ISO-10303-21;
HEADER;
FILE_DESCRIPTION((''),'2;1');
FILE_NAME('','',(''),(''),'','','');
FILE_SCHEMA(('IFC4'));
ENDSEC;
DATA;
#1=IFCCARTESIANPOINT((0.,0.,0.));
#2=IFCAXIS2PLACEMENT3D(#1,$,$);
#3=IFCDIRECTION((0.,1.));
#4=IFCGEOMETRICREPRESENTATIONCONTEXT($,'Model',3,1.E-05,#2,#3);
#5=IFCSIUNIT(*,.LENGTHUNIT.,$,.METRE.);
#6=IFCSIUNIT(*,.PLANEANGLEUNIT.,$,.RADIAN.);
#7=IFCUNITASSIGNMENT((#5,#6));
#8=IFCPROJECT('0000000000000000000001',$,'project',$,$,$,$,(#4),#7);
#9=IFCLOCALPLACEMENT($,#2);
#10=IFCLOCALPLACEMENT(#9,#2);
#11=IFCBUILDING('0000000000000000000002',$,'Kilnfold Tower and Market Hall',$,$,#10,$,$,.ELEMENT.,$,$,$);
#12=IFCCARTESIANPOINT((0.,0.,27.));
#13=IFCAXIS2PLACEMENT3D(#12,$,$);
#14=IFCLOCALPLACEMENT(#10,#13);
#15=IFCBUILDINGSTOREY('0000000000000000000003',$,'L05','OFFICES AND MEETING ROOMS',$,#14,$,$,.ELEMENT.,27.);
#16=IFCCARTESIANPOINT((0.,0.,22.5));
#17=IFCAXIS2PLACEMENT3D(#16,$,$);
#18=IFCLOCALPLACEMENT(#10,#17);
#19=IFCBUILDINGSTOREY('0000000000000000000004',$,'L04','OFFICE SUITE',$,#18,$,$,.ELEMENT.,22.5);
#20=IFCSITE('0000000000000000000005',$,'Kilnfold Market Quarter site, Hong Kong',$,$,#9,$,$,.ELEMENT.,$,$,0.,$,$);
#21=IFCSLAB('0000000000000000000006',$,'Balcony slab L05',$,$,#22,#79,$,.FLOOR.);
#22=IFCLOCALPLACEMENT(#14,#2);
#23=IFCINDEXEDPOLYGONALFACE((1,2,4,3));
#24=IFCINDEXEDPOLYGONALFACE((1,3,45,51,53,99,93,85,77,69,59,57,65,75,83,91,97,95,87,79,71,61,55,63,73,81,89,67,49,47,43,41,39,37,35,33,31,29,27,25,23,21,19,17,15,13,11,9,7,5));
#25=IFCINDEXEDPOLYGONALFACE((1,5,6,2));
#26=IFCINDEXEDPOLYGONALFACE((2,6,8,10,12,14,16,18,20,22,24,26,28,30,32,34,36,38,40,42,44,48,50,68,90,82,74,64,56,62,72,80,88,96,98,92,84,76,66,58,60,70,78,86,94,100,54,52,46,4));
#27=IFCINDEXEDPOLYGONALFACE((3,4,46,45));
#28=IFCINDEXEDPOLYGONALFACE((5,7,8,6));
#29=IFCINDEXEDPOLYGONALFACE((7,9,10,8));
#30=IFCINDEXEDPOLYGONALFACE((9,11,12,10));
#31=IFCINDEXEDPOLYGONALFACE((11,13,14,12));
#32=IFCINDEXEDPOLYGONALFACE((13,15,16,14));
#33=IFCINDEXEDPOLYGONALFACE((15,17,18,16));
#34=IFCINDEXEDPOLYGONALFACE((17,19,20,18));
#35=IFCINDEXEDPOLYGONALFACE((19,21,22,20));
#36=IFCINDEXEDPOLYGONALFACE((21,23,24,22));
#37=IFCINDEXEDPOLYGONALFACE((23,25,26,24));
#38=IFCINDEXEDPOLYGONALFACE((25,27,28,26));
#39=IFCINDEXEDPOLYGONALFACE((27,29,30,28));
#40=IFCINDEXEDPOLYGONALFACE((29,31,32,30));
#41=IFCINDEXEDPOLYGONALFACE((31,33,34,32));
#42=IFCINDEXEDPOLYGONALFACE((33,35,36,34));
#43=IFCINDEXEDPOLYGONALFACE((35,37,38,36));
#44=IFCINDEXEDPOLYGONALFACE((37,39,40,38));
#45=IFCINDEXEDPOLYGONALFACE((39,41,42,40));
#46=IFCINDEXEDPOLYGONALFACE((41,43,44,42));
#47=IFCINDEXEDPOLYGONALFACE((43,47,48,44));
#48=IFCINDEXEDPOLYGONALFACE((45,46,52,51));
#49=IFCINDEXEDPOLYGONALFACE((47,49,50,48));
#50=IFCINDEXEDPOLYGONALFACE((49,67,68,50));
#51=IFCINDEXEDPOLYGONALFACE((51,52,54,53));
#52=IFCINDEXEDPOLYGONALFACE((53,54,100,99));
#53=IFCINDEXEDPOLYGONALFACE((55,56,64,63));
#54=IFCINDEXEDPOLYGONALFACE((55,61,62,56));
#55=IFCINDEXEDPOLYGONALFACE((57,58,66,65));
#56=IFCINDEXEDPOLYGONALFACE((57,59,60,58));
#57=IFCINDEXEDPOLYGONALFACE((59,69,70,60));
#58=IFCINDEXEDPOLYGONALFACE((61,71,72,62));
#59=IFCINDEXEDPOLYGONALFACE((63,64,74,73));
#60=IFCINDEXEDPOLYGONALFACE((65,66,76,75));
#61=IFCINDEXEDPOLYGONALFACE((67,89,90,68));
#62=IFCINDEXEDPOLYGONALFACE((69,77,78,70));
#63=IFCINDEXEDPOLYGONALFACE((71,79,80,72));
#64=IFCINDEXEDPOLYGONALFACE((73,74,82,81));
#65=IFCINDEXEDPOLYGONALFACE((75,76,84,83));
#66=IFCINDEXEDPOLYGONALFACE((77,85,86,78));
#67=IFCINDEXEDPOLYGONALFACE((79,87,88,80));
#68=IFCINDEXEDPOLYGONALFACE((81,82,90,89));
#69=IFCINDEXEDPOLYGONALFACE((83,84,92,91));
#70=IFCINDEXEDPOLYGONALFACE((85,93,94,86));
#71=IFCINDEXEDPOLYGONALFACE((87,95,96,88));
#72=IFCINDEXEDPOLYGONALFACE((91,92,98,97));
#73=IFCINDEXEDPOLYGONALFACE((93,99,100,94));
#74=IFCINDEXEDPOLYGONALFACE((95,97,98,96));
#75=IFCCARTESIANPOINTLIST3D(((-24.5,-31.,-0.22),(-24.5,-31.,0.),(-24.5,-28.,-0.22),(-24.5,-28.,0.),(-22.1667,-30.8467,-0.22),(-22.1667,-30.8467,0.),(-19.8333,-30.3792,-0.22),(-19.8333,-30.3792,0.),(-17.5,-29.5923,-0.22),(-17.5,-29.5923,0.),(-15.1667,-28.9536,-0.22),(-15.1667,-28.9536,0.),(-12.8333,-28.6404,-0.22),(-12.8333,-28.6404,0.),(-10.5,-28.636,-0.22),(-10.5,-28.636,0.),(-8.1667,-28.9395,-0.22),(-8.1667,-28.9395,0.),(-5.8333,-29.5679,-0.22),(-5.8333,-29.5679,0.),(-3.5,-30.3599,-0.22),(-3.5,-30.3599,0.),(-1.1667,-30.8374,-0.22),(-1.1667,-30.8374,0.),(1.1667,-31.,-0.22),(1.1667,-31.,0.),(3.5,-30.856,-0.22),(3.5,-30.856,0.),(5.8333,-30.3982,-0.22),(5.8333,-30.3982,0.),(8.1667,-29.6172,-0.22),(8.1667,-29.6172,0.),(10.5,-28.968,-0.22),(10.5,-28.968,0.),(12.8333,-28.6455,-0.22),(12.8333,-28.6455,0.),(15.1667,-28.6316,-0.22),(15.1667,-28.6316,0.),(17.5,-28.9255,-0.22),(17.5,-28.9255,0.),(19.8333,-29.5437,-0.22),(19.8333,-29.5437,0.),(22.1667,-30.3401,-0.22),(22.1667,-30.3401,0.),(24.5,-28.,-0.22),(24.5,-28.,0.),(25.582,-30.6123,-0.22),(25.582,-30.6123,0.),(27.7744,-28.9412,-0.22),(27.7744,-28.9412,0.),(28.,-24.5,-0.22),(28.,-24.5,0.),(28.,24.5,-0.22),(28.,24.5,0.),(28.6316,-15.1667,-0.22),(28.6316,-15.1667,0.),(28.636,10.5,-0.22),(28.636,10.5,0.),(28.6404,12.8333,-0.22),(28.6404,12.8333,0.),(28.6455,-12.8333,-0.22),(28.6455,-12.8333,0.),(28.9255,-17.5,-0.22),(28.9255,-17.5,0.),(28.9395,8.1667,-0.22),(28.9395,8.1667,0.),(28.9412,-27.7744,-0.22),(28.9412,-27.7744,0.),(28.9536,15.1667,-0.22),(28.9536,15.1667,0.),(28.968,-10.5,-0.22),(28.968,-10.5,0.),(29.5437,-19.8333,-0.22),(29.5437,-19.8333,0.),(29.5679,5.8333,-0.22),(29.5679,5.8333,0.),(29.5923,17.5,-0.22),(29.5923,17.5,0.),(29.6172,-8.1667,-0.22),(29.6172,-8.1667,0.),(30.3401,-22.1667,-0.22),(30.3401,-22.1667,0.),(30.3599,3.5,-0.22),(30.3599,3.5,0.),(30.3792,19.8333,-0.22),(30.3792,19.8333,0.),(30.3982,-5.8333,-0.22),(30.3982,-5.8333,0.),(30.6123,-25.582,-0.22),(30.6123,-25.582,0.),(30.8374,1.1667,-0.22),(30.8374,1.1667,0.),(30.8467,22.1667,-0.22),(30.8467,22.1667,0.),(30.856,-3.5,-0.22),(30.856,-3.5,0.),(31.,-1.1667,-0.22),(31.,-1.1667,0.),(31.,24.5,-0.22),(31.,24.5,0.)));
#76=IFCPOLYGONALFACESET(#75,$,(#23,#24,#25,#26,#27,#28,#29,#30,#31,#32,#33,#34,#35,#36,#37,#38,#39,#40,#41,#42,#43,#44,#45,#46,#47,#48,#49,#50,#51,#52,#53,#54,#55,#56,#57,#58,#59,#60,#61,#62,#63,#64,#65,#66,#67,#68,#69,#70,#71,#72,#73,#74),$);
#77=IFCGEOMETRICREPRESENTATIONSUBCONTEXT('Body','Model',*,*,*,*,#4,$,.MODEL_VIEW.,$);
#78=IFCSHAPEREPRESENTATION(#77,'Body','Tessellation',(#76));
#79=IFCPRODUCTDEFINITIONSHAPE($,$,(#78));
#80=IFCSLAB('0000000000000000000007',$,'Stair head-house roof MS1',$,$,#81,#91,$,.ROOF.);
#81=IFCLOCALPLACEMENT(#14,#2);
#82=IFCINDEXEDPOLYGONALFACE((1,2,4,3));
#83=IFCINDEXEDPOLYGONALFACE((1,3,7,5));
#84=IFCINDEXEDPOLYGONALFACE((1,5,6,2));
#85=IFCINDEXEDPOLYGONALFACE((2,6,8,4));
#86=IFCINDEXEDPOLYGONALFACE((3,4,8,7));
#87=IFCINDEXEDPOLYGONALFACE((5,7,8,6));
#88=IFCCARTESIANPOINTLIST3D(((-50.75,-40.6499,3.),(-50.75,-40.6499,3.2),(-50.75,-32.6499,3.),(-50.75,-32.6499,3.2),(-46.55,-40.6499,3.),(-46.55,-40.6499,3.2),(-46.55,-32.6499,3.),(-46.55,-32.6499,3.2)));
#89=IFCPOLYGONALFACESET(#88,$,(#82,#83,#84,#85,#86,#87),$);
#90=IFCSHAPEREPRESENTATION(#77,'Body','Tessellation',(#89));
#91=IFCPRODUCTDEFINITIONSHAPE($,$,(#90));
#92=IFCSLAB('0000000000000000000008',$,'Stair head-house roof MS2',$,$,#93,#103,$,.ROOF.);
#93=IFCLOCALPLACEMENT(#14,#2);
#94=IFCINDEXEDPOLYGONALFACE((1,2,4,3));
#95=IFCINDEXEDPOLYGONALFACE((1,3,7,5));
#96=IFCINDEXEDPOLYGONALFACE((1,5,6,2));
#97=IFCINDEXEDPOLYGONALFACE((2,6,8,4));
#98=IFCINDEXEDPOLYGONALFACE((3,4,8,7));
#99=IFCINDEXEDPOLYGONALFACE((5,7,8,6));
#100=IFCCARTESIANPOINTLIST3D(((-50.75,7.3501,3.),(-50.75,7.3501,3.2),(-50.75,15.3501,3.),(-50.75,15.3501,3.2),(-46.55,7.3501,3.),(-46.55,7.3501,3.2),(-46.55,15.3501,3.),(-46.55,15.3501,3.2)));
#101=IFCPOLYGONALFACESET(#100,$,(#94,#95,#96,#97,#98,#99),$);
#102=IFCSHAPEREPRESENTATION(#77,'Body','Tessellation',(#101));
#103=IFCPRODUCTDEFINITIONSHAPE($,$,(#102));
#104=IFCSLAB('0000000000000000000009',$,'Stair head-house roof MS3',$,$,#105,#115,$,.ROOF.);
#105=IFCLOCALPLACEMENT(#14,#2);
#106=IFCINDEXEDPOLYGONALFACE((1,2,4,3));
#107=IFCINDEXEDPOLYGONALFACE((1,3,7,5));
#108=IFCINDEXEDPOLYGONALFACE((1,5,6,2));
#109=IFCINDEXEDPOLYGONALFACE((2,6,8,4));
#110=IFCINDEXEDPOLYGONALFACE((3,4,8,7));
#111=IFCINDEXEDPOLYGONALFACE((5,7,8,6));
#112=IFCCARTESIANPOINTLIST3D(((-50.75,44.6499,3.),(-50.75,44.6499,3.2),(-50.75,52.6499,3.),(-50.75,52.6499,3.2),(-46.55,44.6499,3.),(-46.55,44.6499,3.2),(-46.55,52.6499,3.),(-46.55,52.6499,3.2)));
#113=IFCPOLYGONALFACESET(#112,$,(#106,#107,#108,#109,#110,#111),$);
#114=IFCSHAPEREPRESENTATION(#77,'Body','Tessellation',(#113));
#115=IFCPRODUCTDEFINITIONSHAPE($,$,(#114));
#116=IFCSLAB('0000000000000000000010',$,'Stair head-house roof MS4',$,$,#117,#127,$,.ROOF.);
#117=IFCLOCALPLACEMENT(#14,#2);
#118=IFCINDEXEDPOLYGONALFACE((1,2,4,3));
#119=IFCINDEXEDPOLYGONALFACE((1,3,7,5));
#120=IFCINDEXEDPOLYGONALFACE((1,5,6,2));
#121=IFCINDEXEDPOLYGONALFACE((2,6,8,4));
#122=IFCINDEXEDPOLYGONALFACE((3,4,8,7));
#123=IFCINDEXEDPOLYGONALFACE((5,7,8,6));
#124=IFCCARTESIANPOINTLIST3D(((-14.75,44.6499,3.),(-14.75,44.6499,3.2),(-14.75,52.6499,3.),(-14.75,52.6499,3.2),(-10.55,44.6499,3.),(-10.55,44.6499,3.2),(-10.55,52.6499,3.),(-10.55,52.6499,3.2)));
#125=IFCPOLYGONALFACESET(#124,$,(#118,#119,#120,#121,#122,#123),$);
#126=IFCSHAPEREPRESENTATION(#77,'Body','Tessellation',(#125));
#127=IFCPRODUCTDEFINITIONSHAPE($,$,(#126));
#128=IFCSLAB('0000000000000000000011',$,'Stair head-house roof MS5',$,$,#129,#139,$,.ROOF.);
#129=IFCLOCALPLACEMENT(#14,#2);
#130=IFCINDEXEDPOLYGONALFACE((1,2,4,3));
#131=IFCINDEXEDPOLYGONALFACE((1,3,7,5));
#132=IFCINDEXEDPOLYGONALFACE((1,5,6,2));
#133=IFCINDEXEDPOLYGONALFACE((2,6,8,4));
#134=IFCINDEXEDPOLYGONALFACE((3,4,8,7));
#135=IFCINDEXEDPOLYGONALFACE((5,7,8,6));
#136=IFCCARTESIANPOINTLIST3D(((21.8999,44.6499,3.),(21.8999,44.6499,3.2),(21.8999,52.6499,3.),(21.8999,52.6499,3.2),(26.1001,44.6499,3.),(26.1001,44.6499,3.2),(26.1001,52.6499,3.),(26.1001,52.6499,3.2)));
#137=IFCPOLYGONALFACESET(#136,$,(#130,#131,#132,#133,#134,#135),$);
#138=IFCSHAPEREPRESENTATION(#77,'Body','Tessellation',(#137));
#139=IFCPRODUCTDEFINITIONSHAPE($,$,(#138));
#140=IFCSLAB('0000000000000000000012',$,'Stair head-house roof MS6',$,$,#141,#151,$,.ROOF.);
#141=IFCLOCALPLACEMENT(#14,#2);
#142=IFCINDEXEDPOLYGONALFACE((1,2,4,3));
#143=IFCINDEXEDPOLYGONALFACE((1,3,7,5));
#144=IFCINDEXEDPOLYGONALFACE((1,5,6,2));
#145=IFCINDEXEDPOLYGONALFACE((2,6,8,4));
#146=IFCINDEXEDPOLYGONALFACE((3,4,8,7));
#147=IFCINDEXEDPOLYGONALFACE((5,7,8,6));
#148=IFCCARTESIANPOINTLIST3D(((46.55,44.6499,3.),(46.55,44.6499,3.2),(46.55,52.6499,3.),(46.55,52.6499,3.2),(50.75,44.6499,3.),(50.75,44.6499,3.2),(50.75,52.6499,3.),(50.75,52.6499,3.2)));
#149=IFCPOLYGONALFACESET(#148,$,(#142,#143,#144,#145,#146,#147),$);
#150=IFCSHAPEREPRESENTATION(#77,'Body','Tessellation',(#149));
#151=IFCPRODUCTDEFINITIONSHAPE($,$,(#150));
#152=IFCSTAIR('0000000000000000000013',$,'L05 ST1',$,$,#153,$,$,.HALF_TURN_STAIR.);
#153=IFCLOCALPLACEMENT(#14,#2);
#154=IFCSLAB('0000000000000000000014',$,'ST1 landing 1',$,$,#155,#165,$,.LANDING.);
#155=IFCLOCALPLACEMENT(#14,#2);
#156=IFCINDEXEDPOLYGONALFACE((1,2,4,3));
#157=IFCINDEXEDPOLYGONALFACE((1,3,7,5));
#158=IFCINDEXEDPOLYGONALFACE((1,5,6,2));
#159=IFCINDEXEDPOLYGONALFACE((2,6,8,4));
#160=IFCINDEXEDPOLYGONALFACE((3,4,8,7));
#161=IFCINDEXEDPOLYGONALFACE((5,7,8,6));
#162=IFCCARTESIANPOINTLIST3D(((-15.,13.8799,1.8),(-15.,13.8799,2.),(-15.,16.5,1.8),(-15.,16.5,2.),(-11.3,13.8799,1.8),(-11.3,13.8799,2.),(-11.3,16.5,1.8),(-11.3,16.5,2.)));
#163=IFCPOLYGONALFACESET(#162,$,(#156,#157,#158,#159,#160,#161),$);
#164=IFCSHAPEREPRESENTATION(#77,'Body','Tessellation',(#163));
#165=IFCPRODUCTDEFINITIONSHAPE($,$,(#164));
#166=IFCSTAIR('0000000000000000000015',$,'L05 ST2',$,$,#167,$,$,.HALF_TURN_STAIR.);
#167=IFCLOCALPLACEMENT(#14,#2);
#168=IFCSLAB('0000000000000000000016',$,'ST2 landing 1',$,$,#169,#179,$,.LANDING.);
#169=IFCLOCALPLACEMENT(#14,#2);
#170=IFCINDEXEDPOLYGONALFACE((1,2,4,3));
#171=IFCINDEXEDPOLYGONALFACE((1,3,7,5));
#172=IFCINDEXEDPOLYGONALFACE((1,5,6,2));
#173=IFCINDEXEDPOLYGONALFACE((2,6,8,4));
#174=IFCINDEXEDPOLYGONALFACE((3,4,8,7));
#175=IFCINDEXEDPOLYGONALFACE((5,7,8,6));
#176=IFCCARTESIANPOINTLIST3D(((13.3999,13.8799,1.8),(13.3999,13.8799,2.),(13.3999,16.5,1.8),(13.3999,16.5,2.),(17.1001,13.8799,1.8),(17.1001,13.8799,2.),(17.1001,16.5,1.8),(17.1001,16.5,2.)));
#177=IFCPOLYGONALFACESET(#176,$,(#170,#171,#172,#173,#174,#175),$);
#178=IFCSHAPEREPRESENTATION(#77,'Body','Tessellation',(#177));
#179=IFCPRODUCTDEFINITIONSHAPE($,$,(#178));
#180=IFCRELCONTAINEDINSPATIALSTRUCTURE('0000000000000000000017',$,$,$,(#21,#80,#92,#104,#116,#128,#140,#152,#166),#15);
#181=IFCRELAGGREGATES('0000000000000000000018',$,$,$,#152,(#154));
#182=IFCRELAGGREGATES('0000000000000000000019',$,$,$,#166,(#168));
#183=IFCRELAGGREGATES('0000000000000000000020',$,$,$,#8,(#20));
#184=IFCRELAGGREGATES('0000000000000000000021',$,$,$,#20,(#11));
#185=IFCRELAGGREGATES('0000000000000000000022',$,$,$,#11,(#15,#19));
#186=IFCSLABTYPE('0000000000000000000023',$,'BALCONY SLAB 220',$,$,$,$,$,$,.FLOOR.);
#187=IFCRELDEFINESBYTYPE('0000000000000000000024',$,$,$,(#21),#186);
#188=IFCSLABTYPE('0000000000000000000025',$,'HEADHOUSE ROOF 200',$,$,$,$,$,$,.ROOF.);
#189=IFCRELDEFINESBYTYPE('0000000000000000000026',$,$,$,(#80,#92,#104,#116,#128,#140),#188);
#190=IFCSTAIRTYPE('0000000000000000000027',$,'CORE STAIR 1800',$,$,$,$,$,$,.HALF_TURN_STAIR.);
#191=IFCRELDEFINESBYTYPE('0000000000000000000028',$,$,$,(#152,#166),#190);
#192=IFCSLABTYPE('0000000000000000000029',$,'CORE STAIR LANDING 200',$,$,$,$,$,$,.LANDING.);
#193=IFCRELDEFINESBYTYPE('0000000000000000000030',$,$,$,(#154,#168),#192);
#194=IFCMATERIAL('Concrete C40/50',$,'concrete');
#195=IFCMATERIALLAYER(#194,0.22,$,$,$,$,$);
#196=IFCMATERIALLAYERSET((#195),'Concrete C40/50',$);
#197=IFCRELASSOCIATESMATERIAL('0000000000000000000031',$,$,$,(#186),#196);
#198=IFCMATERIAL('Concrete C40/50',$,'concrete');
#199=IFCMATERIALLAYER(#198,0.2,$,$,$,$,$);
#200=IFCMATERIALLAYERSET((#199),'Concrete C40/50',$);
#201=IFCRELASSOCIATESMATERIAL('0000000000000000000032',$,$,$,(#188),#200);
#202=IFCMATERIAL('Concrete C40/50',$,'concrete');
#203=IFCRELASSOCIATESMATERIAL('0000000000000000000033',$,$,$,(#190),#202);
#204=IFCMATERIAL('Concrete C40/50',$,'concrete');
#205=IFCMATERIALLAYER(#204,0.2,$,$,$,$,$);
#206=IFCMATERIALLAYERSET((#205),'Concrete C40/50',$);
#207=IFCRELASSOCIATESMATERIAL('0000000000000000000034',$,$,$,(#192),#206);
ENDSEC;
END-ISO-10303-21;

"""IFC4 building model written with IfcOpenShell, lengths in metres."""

from ifc_helpers import new_model, si_unit, direction, frame, origin, place, context, subcontext, project, spatial, polyline, outline, extrude, source, transform, mapped, material, layer, layer_set, type_object, element, aggregate, save


model = new_model("IFC4")

# Units and contexts
model_context = context("Model", 3, precision=1e-05, world=origin(), true_north=direction((0.0, 1.0)))
body_context = subcontext(model_context, "Body", "Model", "MODEL_VIEW")
ifc_project = project(units=[si_unit("LENGTHUNIT", "METRE"), si_unit("PLANEANGLEUNIT", "RADIAN")], contexts=[model_context])

# Site, building, storey
site_placement = place(None, origin())
site = spatial("IfcSite", under=ifc_project, at=site_placement, Name="Kilnfold Market Quarter site, Hong Kong", CompositionType="ELEMENT", RefElevation=0.0)
building_placement = place(site_placement, origin())
building = spatial("IfcBuilding", under=site, at=building_placement, Name="Kilnfold Tower and Market Hall", CompositionType="ELEMENT")
storey_1_placement = place(building_placement, frame((0.0, 0.0, 27.0)))
storey_1 = spatial("IfcBuildingStorey", under=building, at=storey_1_placement, Name="L05", Description="OFFICES AND MEETING ROOMS", CompositionType="ELEMENT", Elevation=27.0)

# Shared definitions
storey_2_placement = place(building_placement, frame((0.0, 0.0, 22.5)))
storey_2 = spatial("IfcBuildingStorey", under=building, at=storey_2_placement, Name="L04", Description="OFFICE SUITE", CompositionType="ELEMENT", Elevation=22.5)

# Slabs
ifc_material_1 = material(Name="Concrete C40/50", Category="concrete")
ifc_layer_1 = layer(ifc_material_1, 0.22)
ifc_layer_set_1 = layer_set([ifc_layer_1], Name="Concrete C40/50")
slab_type_1 = type_object("IfcSlabType", Name="BALCONY SLAB 220", PredefinedType="FLOOR", material=ifc_layer_set_1)
shared_shape_1 = source(origin(), body_context, "Body", "SweptSolid", [
    extrude(outline(polyline([(-24.5, -28.0), (24.5, -28.0), (28.0, -24.5), (28.0, 24.5), (31.0, 24.5), (30.8467, 22.1667), (30.3792, 19.8333), (29.5923, 17.5), (28.9536, 15.1667), (28.6404, 12.8333), (28.636, 10.5), (28.9395, 8.1667), (29.5679, 5.8333), (30.3599, 3.5), (30.8374, 1.1667), (31.0, -1.1667), (30.856, -3.5), (30.3982, -5.8333), (29.6172, -8.1667), (28.968, -10.5), (28.6455, -12.8333), (28.6316, -15.1667), (28.9255, -17.5), (29.5437, -19.8333), (30.3401, -22.1667), (30.6123, -25.582), (28.9412, -27.7744), (27.7744, -28.9412), (25.582, -30.6123), (22.1667, -30.3401), (19.8333, -29.5437), (17.5, -28.9255), (15.1667, -28.6316), (12.8333, -28.6455), (10.5, -28.968), (8.1667, -29.6172), (5.8333, -30.3982), (3.5, -30.856), (1.1667, -31.0), (-1.1667, -30.8374), (-3.5, -30.3599), (-5.8333, -29.5679), (-8.1667, -28.9395), (-10.5, -28.636), (-12.8333, -28.6404), (-15.1667, -28.9536), (-17.5, -29.5923), (-19.8333, -30.3792), (-22.1667, -30.8467), (-24.5, -31.0), (-24.5, -28.0)])), origin(), (0.0, 0.0, 1.0), 0.22),
])
slab_1_placement = place(storey_1_placement, frame((0.0, 0.0, -0.22)))
element("IfcSlab", 1, at=slab_1_placement, inside=storey_1, type_object=slab_type_1, Name="Balcony slab L05", PredefinedType="FLOOR", context=body_context, shape_type="MappedRepresentation", body=[
    mapped(shared_shape_1, transform((0.0, 0.0, 0.0))),
])
ifc_material_2 = material(Name="Concrete C40/50", Category="concrete")
ifc_layer_2 = layer(ifc_material_2, 0.2)
ifc_layer_set_2 = layer_set([ifc_layer_2], Name="Concrete C40/50")
slab_type_2 = type_object("IfcSlabType", Name="HEADHOUSE ROOF 200", PredefinedType="ROOF", material=ifc_layer_set_2)
shared_shape_2 = source(origin(), body_context, "Body", "SweptSolid", [
    extrude(outline(polyline([(-50.75, -40.6499), (-46.55, -40.6499), (-46.55, -32.6499), (-50.75, -32.6499), (-50.75, -40.6499)])), origin(), (0.0, 0.0, 1.0), 0.2),
])
slab_2_placement = place(storey_1_placement, frame((0.0, 0.0, 3.0)))
element("IfcSlab", 2, at=slab_2_placement, inside=storey_1, type_object=slab_type_2, Name="Stair head-house roof MS1", PredefinedType="ROOF", context=body_context, shape_type="MappedRepresentation", body=[
    mapped(shared_shape_2, transform((0.0, 0.0, 0.0))),
])
shared_shape_3 = source(origin(), body_context, "Body", "SweptSolid", [
    extrude(outline(polyline([(-50.75, 7.3501), (-46.55, 7.3501), (-46.55, 15.3501), (-50.75, 15.3501), (-50.75, 7.3501)])), origin(), (0.0, 0.0, 1.0), 0.2),
])
slab_3_placement = place(storey_1_placement, frame((0.0, 0.0, 3.0)))
element("IfcSlab", 3, at=slab_3_placement, inside=storey_1, type_object=slab_type_2, Name="Stair head-house roof MS2", PredefinedType="ROOF", context=body_context, shape_type="MappedRepresentation", body=[
    mapped(shared_shape_3, transform((0.0, 0.0, 0.0))),
])
shared_shape_4 = source(origin(), body_context, "Body", "SweptSolid", [
    extrude(outline(polyline([(-50.75, 44.6499), (-46.55, 44.6499), (-46.55, 52.6499), (-50.75, 52.6499), (-50.75, 44.6499)])), origin(), (0.0, 0.0, 1.0), 0.2),
])
slab_4_placement = place(storey_1_placement, frame((0.0, 0.0, 3.0)))
element("IfcSlab", 4, at=slab_4_placement, inside=storey_1, type_object=slab_type_2, Name="Stair head-house roof MS3", PredefinedType="ROOF", context=body_context, shape_type="MappedRepresentation", body=[
    mapped(shared_shape_4, transform((0.0, 0.0, 0.0))),
])
shared_shape_5 = source(origin(), body_context, "Body", "SweptSolid", [
    extrude(outline(polyline([(-14.75, 44.6499), (-10.55, 44.6499), (-10.55, 52.6499), (-14.75, 52.6499), (-14.75, 44.6499)])), origin(), (0.0, 0.0, 1.0), 0.2),
])
slab_5_placement = place(storey_1_placement, frame((0.0, 0.0, 3.0)))
element("IfcSlab", 5, at=slab_5_placement, inside=storey_1, type_object=slab_type_2, Name="Stair head-house roof MS4", PredefinedType="ROOF", context=body_context, shape_type="MappedRepresentation", body=[
    mapped(shared_shape_5, transform((0.0, 0.0, 0.0))),
])
shared_shape_6 = source(origin(), body_context, "Body", "SweptSolid", [
    extrude(outline(polyline([(21.8999, 44.6499), (26.1001, 44.6499), (26.1001, 52.6499), (21.8999, 52.6499), (21.8999, 44.6499)])), origin(), (0.0, 0.0, 1.0), 0.2),
])
slab_6_placement = place(storey_1_placement, frame((0.0, 0.0, 3.0)))
element("IfcSlab", 6, at=slab_6_placement, inside=storey_1, type_object=slab_type_2, Name="Stair head-house roof MS5", PredefinedType="ROOF", context=body_context, shape_type="MappedRepresentation", body=[
    mapped(shared_shape_6, transform((0.0, 0.0, 0.0))),
])
shared_shape_7 = source(origin(), body_context, "Body", "SweptSolid", [
    extrude(outline(polyline([(46.55, 44.6499), (50.75, 44.6499), (50.75, 52.6499), (46.55, 52.6499), (46.55, 44.6499)])), origin(), (0.0, 0.0, 1.0), 0.2),
])
slab_7_placement = place(storey_1_placement, frame((0.0, 0.0, 3.0)))
element("IfcSlab", 7, at=slab_7_placement, inside=storey_1, type_object=slab_type_2, Name="Stair head-house roof MS6", PredefinedType="ROOF", context=body_context, shape_type="MappedRepresentation", body=[
    mapped(shared_shape_7, transform((0.0, 0.0, 0.0))),
])

# Stairs, slabs
ifc_material_3 = material(Name="Concrete C40/50", Category="concrete")
stair_type_1 = type_object("IfcStairType", Name="CORE STAIR 1800", PredefinedType="HALF_TURN_STAIR", material=ifc_material_3)
stair_1_placement = place(storey_1_placement, origin())
stair_1 = element("IfcStair", 8, at=stair_1_placement, inside=storey_1, type_object=stair_type_1, Name="L05 ST1", PredefinedType="HALF_TURN_STAIR")
ifc_material_4 = material(Name="Concrete C40/50", Category="concrete")
ifc_layer_3 = layer(ifc_material_4, 0.2)
ifc_layer_set_3 = layer_set([ifc_layer_3], Name="Concrete C40/50")
slab_type_3 = type_object("IfcSlabType", Name="CORE STAIR LANDING 200", PredefinedType="LANDING", material=ifc_layer_set_3)
shared_shape_8 = source(origin(), body_context, "Body", "SweptSolid", [
    extrude(outline(polyline([(-11.3, 13.8799), (-11.3, 16.5), (-15.0, 16.5), (-15.0, 13.8799), (-11.3, 13.8799)])), origin(), (0.0, 0.0, 1.0), 0.2),
])
slab_8_placement = place(storey_1_placement, frame((0.0, 0.0, 1.8)))
slab_8 = element("IfcSlab", 9, at=slab_8_placement, type_object=slab_type_3, Name="ST1 landing 1", PredefinedType="LANDING", context=body_context, shape_type="MappedRepresentation", body=[
    mapped(shared_shape_8, transform((0.0, 0.0, 0.0))),
])
aggregate(stair_1, [slab_8])
stair_2_placement = place(storey_1_placement, origin())
stair_2 = element("IfcStair", 10, at=stair_2_placement, inside=storey_1, type_object=stair_type_1, Name="L05 ST2", PredefinedType="HALF_TURN_STAIR")
shared_shape_9 = source(origin(), body_context, "Body", "SweptSolid", [
    extrude(outline(polyline([(17.1001, 13.8799), (17.1001, 16.5), (13.3999, 16.5), (13.3999, 13.8799), (17.1001, 13.8799)])), origin(), (0.0, 0.0, 1.0), 0.2),
])
slab_9_placement = place(storey_1_placement, frame((0.0, 0.0, 1.8)))
slab_9 = element("IfcSlab", 11, at=slab_9_placement, type_object=slab_type_3, Name="ST2 landing 1", PredefinedType="LANDING", context=body_context, shape_type="MappedRepresentation", body=[
    mapped(shared_shape_9, transform((0.0, 0.0, 0.0))),
])
aggregate(stair_2, [slab_9])

save(model, "model.ifc")
